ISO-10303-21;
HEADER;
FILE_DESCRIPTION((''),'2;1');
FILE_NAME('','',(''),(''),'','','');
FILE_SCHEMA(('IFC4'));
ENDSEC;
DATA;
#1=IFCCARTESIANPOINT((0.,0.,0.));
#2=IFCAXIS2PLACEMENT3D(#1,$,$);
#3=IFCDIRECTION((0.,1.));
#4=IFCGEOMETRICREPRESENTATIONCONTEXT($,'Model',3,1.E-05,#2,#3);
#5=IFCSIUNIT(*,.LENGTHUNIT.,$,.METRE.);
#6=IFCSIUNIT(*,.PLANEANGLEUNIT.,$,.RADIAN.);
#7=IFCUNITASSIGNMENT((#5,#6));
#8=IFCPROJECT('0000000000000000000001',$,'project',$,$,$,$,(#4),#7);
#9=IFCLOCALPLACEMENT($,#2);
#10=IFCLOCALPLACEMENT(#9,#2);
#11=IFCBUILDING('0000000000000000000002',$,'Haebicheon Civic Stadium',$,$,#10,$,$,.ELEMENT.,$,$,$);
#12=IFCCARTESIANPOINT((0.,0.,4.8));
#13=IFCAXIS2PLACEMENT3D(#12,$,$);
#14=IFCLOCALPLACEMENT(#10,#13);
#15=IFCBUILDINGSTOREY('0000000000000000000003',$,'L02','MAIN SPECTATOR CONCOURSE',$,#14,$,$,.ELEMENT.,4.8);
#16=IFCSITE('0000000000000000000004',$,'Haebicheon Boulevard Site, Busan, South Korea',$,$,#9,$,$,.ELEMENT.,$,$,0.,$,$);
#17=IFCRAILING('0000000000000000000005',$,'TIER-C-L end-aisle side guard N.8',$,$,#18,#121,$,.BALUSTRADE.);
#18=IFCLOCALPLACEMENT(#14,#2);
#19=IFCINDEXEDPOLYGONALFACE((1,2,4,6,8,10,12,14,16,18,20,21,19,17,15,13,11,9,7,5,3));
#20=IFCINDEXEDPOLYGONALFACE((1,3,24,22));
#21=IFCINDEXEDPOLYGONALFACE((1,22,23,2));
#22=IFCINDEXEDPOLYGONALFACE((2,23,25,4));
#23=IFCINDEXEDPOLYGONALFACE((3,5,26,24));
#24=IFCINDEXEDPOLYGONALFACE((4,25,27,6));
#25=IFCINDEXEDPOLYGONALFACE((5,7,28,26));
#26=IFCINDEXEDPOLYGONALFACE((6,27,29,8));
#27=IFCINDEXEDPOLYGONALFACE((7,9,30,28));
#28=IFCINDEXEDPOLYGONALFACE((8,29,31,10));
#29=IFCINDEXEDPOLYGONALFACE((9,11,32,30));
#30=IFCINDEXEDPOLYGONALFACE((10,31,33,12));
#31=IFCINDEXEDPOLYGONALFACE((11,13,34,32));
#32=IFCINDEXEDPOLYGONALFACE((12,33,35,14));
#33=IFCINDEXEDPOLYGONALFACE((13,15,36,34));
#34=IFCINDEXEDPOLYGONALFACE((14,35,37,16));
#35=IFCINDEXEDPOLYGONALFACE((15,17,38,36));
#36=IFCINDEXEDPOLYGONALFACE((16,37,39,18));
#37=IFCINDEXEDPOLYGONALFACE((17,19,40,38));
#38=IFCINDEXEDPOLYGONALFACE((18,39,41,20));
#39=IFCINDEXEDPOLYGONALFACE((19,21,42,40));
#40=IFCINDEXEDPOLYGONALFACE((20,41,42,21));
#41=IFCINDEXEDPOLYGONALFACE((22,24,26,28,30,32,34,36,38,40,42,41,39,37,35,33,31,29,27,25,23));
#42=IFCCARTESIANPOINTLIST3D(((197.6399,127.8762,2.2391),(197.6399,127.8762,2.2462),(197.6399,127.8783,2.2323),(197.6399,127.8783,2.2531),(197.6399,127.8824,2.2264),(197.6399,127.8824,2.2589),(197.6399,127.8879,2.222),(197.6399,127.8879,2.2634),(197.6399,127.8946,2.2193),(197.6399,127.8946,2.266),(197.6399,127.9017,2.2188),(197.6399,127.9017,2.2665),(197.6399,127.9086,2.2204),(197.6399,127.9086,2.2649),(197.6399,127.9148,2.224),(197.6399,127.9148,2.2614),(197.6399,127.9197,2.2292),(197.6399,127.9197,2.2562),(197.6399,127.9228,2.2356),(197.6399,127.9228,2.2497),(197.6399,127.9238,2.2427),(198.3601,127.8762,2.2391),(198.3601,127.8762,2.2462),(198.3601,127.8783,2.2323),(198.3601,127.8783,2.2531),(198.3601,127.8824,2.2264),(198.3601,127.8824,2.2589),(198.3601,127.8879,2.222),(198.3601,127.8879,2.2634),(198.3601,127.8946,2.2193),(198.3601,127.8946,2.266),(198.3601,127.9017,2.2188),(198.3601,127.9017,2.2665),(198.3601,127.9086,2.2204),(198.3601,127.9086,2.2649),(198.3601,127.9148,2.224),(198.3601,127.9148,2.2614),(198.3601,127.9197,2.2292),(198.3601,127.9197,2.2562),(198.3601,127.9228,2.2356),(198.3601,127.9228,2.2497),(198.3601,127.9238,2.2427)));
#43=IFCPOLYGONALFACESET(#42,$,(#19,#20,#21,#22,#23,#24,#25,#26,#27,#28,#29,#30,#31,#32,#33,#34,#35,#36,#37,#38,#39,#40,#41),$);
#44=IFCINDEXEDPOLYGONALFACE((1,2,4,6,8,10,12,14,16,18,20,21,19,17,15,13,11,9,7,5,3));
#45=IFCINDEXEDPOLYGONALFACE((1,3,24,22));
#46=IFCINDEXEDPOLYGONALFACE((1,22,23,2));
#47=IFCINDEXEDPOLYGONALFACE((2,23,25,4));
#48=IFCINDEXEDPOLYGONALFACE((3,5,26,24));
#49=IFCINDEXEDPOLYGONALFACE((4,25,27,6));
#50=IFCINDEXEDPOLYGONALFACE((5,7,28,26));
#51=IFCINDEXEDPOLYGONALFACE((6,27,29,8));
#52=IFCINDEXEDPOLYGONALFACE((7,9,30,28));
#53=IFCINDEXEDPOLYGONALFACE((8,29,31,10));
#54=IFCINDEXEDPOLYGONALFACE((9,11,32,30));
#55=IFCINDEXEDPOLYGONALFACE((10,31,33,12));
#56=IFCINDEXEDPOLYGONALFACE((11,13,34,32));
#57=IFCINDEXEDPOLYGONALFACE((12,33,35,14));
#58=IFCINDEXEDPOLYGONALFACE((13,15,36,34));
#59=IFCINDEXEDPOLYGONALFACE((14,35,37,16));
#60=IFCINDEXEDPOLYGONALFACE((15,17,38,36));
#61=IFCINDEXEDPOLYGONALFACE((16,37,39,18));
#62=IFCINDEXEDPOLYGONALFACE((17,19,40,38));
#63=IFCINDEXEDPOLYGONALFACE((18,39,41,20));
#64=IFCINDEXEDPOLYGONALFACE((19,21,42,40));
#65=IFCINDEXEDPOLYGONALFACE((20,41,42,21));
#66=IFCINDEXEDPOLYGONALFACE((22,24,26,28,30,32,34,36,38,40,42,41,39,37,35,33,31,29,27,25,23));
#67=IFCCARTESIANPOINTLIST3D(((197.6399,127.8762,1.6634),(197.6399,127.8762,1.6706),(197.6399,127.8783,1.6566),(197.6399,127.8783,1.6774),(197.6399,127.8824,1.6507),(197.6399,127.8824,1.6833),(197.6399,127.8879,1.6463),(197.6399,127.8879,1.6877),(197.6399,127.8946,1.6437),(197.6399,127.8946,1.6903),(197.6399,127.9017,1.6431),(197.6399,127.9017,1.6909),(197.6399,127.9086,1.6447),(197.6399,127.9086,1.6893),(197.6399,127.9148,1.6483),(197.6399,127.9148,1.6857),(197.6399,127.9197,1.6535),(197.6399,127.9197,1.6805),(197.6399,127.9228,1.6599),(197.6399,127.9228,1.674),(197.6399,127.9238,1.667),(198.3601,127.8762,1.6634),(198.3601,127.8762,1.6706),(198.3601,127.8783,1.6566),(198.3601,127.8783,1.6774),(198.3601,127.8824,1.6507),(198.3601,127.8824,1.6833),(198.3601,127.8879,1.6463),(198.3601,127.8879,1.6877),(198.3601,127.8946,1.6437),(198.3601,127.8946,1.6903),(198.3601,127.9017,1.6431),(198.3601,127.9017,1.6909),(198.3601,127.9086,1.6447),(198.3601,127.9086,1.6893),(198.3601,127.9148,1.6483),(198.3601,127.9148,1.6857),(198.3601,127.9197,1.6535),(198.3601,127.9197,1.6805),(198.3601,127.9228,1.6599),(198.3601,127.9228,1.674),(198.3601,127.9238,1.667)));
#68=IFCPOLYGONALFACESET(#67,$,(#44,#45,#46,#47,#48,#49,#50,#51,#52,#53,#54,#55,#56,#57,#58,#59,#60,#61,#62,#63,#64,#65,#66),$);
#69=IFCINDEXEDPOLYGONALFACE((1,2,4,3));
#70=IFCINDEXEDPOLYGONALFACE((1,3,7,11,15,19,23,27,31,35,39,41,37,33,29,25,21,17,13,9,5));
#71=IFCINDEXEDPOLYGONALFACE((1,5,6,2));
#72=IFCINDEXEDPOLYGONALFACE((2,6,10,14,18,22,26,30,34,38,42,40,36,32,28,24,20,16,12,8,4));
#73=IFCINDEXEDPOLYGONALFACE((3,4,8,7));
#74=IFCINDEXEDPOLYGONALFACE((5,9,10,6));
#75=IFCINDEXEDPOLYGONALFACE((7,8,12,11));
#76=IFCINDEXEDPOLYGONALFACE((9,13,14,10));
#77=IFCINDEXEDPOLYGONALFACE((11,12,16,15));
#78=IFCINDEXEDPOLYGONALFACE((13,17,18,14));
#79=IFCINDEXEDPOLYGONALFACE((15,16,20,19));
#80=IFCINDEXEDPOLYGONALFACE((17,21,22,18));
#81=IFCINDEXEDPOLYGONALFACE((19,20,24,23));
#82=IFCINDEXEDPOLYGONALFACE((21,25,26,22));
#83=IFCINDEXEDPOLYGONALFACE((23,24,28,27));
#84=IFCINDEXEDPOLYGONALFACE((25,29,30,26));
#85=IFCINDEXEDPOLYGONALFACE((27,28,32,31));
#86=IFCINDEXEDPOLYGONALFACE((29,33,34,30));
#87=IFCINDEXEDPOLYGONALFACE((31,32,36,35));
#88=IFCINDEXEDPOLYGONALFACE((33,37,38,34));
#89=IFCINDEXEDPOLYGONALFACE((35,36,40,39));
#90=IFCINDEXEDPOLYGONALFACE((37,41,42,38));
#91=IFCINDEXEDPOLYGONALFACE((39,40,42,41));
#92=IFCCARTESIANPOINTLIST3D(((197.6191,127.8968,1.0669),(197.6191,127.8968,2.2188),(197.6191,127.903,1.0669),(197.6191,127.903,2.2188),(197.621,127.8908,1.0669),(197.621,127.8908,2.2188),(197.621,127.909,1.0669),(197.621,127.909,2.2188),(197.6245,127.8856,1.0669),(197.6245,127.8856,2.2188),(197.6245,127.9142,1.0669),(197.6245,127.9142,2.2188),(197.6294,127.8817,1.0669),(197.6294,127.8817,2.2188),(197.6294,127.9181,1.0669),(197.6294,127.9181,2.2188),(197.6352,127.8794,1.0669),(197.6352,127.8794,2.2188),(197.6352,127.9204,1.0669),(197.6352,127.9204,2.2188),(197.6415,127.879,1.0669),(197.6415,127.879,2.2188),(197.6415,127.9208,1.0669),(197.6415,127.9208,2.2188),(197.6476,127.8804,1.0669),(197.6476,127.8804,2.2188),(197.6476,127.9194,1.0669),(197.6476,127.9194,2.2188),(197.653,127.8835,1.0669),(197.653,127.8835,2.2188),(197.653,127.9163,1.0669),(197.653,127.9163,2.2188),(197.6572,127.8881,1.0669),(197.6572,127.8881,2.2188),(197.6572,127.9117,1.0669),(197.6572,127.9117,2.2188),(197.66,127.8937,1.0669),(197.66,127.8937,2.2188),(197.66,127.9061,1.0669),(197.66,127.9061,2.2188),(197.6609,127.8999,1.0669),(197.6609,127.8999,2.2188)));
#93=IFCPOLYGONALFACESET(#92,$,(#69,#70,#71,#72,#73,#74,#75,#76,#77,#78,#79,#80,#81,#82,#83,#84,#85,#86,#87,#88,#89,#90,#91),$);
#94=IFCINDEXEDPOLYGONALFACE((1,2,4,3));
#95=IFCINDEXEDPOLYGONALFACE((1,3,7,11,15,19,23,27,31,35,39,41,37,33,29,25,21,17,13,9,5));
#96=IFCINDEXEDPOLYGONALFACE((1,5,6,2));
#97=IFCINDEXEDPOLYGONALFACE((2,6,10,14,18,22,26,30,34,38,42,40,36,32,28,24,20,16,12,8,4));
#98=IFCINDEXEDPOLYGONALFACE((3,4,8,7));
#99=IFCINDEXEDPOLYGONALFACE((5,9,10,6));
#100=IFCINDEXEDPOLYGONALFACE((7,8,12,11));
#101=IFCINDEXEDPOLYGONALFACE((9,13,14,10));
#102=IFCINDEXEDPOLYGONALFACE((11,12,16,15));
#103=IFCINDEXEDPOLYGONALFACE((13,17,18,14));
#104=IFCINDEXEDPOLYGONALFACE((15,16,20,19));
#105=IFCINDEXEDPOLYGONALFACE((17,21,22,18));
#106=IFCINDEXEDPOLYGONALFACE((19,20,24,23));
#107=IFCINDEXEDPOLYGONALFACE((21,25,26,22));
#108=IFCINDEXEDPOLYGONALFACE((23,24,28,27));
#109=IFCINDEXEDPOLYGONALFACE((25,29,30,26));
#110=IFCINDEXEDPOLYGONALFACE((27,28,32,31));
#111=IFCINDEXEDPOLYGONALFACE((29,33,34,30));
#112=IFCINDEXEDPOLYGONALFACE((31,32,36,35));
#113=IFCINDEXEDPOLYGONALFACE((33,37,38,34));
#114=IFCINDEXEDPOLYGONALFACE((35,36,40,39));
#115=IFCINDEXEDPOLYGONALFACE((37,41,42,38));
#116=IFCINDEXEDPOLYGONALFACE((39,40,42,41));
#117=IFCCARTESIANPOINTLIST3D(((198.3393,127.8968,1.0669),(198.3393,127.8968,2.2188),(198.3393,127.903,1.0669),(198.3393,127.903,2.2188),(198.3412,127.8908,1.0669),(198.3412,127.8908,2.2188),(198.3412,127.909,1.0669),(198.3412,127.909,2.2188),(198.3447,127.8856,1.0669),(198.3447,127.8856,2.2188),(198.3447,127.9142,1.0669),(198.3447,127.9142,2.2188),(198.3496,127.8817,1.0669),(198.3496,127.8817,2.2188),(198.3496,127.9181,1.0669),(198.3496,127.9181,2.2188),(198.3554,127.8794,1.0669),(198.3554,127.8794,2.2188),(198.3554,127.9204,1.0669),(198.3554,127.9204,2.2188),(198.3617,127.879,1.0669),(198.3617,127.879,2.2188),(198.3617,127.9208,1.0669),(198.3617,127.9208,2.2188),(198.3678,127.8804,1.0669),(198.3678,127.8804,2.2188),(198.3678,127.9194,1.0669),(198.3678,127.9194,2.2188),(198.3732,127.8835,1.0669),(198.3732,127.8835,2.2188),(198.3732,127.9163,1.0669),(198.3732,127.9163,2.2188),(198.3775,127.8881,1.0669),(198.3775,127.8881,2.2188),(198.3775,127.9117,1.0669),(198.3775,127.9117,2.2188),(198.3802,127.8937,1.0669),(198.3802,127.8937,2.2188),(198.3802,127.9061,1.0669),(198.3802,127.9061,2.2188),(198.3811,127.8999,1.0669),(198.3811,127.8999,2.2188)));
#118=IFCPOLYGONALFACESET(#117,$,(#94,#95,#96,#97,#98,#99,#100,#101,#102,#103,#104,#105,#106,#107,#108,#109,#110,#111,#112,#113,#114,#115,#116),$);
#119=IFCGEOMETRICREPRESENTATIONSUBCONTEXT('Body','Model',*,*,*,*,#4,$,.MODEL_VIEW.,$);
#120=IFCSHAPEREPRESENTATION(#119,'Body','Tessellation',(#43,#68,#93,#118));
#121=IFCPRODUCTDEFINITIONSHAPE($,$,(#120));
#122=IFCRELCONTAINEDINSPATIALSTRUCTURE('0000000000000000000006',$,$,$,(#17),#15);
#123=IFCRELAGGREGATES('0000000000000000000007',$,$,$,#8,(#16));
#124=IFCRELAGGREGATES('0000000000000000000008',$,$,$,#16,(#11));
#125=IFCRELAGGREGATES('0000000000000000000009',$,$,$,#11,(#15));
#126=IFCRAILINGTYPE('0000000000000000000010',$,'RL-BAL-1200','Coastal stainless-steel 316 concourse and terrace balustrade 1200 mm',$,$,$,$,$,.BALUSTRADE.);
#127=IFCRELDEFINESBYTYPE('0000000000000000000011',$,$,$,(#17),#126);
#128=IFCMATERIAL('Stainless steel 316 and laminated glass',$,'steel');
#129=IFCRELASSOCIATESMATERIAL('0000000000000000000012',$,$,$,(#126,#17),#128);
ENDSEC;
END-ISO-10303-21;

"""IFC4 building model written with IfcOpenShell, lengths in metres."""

from ifc_helpers import new_model, si_unit, direction, frame, origin, origin_2d, place, context, subcontext, project, spatial, circle, extrude, material, type_object, element, save


model = new_model("IFC4")

# Units and contexts
model_context = context("Model", 3, precision=1e-05, world=origin(), true_north=direction((0.0, 1.0)))
body_context = subcontext(model_context, "Body", "Model", "MODEL_VIEW")
ifc_project = project(units=[si_unit("LENGTHUNIT", "METRE"), si_unit("PLANEANGLEUNIT", "RADIAN")], contexts=[model_context])

# Site, building, storey
site_placement = place(None, origin())
site = spatial("IfcSite", under=ifc_project, at=site_placement, Name="Haebicheon Boulevard Site, Busan, South Korea", CompositionType="ELEMENT", RefElevation=0.0)
building_placement = place(site_placement, origin())
building = spatial("IfcBuilding", under=site, at=building_placement, Name="Haebicheon Civic Stadium", CompositionType="ELEMENT")
storey_placement = place(building_placement, frame((0.0, 0.0, 4.8)))
storey = spatial("IfcBuildingStorey", under=building, at=storey_placement, Name="L02", Description="MAIN SPECTATOR CONCOURSE", CompositionType="ELEMENT", Elevation=4.8)

# Railing
ifc_material_1 = material(Name="Stainless steel 316 and laminated glass", Category="steel")
railing_type_1 = type_object("IfcRailingType", Name="RL-BAL-1200", Description="Coastal stainless-steel 316 concourse and terrace balustrade 1200 mm", PredefinedType="BALUSTRADE", material=ifc_material_1)
railing_1_placement = place(storey_placement, frame((197.6399, 127.8999, 1.0669)))
element("IfcRailing", 1, at=railing_1_placement, inside=storey, type_object=railing_type_1, material=ifc_material_1, Name="TIER-C-L end-aisle side guard N.8", PredefinedType="BALUSTRADE", context=body_context, shape_type="SweptSolid", body=[
    extrude(circle(Radius=0.0239, at=origin_2d()), frame((0.0, 0.0, 1.1758), z_axis=(1.0, 0.0, 0.0), x_axis=(0.0, 1.0, 0.0)), (0.0, 0.0, 1.0), 0.7202),
    extrude(circle(Radius=0.0239, at=origin_2d()), frame((0.0, 0.0, 0.6001), z_axis=(1.0, 0.0, 0.0), x_axis=(0.0, 1.0, 0.0)), (0.0, 0.0, 1.0), 0.7202),
    extrude(circle(Radius=0.021, at=origin_2d()), origin(), (0.0, 0.0, 1.0), 1.1519),
    extrude(circle(Radius=0.021, at=origin_2d()), frame((0.7202, 0.0, 0.0)), (0.0, 0.0, 1.0), 1.1519),
])

save(model, "model.ifc")
